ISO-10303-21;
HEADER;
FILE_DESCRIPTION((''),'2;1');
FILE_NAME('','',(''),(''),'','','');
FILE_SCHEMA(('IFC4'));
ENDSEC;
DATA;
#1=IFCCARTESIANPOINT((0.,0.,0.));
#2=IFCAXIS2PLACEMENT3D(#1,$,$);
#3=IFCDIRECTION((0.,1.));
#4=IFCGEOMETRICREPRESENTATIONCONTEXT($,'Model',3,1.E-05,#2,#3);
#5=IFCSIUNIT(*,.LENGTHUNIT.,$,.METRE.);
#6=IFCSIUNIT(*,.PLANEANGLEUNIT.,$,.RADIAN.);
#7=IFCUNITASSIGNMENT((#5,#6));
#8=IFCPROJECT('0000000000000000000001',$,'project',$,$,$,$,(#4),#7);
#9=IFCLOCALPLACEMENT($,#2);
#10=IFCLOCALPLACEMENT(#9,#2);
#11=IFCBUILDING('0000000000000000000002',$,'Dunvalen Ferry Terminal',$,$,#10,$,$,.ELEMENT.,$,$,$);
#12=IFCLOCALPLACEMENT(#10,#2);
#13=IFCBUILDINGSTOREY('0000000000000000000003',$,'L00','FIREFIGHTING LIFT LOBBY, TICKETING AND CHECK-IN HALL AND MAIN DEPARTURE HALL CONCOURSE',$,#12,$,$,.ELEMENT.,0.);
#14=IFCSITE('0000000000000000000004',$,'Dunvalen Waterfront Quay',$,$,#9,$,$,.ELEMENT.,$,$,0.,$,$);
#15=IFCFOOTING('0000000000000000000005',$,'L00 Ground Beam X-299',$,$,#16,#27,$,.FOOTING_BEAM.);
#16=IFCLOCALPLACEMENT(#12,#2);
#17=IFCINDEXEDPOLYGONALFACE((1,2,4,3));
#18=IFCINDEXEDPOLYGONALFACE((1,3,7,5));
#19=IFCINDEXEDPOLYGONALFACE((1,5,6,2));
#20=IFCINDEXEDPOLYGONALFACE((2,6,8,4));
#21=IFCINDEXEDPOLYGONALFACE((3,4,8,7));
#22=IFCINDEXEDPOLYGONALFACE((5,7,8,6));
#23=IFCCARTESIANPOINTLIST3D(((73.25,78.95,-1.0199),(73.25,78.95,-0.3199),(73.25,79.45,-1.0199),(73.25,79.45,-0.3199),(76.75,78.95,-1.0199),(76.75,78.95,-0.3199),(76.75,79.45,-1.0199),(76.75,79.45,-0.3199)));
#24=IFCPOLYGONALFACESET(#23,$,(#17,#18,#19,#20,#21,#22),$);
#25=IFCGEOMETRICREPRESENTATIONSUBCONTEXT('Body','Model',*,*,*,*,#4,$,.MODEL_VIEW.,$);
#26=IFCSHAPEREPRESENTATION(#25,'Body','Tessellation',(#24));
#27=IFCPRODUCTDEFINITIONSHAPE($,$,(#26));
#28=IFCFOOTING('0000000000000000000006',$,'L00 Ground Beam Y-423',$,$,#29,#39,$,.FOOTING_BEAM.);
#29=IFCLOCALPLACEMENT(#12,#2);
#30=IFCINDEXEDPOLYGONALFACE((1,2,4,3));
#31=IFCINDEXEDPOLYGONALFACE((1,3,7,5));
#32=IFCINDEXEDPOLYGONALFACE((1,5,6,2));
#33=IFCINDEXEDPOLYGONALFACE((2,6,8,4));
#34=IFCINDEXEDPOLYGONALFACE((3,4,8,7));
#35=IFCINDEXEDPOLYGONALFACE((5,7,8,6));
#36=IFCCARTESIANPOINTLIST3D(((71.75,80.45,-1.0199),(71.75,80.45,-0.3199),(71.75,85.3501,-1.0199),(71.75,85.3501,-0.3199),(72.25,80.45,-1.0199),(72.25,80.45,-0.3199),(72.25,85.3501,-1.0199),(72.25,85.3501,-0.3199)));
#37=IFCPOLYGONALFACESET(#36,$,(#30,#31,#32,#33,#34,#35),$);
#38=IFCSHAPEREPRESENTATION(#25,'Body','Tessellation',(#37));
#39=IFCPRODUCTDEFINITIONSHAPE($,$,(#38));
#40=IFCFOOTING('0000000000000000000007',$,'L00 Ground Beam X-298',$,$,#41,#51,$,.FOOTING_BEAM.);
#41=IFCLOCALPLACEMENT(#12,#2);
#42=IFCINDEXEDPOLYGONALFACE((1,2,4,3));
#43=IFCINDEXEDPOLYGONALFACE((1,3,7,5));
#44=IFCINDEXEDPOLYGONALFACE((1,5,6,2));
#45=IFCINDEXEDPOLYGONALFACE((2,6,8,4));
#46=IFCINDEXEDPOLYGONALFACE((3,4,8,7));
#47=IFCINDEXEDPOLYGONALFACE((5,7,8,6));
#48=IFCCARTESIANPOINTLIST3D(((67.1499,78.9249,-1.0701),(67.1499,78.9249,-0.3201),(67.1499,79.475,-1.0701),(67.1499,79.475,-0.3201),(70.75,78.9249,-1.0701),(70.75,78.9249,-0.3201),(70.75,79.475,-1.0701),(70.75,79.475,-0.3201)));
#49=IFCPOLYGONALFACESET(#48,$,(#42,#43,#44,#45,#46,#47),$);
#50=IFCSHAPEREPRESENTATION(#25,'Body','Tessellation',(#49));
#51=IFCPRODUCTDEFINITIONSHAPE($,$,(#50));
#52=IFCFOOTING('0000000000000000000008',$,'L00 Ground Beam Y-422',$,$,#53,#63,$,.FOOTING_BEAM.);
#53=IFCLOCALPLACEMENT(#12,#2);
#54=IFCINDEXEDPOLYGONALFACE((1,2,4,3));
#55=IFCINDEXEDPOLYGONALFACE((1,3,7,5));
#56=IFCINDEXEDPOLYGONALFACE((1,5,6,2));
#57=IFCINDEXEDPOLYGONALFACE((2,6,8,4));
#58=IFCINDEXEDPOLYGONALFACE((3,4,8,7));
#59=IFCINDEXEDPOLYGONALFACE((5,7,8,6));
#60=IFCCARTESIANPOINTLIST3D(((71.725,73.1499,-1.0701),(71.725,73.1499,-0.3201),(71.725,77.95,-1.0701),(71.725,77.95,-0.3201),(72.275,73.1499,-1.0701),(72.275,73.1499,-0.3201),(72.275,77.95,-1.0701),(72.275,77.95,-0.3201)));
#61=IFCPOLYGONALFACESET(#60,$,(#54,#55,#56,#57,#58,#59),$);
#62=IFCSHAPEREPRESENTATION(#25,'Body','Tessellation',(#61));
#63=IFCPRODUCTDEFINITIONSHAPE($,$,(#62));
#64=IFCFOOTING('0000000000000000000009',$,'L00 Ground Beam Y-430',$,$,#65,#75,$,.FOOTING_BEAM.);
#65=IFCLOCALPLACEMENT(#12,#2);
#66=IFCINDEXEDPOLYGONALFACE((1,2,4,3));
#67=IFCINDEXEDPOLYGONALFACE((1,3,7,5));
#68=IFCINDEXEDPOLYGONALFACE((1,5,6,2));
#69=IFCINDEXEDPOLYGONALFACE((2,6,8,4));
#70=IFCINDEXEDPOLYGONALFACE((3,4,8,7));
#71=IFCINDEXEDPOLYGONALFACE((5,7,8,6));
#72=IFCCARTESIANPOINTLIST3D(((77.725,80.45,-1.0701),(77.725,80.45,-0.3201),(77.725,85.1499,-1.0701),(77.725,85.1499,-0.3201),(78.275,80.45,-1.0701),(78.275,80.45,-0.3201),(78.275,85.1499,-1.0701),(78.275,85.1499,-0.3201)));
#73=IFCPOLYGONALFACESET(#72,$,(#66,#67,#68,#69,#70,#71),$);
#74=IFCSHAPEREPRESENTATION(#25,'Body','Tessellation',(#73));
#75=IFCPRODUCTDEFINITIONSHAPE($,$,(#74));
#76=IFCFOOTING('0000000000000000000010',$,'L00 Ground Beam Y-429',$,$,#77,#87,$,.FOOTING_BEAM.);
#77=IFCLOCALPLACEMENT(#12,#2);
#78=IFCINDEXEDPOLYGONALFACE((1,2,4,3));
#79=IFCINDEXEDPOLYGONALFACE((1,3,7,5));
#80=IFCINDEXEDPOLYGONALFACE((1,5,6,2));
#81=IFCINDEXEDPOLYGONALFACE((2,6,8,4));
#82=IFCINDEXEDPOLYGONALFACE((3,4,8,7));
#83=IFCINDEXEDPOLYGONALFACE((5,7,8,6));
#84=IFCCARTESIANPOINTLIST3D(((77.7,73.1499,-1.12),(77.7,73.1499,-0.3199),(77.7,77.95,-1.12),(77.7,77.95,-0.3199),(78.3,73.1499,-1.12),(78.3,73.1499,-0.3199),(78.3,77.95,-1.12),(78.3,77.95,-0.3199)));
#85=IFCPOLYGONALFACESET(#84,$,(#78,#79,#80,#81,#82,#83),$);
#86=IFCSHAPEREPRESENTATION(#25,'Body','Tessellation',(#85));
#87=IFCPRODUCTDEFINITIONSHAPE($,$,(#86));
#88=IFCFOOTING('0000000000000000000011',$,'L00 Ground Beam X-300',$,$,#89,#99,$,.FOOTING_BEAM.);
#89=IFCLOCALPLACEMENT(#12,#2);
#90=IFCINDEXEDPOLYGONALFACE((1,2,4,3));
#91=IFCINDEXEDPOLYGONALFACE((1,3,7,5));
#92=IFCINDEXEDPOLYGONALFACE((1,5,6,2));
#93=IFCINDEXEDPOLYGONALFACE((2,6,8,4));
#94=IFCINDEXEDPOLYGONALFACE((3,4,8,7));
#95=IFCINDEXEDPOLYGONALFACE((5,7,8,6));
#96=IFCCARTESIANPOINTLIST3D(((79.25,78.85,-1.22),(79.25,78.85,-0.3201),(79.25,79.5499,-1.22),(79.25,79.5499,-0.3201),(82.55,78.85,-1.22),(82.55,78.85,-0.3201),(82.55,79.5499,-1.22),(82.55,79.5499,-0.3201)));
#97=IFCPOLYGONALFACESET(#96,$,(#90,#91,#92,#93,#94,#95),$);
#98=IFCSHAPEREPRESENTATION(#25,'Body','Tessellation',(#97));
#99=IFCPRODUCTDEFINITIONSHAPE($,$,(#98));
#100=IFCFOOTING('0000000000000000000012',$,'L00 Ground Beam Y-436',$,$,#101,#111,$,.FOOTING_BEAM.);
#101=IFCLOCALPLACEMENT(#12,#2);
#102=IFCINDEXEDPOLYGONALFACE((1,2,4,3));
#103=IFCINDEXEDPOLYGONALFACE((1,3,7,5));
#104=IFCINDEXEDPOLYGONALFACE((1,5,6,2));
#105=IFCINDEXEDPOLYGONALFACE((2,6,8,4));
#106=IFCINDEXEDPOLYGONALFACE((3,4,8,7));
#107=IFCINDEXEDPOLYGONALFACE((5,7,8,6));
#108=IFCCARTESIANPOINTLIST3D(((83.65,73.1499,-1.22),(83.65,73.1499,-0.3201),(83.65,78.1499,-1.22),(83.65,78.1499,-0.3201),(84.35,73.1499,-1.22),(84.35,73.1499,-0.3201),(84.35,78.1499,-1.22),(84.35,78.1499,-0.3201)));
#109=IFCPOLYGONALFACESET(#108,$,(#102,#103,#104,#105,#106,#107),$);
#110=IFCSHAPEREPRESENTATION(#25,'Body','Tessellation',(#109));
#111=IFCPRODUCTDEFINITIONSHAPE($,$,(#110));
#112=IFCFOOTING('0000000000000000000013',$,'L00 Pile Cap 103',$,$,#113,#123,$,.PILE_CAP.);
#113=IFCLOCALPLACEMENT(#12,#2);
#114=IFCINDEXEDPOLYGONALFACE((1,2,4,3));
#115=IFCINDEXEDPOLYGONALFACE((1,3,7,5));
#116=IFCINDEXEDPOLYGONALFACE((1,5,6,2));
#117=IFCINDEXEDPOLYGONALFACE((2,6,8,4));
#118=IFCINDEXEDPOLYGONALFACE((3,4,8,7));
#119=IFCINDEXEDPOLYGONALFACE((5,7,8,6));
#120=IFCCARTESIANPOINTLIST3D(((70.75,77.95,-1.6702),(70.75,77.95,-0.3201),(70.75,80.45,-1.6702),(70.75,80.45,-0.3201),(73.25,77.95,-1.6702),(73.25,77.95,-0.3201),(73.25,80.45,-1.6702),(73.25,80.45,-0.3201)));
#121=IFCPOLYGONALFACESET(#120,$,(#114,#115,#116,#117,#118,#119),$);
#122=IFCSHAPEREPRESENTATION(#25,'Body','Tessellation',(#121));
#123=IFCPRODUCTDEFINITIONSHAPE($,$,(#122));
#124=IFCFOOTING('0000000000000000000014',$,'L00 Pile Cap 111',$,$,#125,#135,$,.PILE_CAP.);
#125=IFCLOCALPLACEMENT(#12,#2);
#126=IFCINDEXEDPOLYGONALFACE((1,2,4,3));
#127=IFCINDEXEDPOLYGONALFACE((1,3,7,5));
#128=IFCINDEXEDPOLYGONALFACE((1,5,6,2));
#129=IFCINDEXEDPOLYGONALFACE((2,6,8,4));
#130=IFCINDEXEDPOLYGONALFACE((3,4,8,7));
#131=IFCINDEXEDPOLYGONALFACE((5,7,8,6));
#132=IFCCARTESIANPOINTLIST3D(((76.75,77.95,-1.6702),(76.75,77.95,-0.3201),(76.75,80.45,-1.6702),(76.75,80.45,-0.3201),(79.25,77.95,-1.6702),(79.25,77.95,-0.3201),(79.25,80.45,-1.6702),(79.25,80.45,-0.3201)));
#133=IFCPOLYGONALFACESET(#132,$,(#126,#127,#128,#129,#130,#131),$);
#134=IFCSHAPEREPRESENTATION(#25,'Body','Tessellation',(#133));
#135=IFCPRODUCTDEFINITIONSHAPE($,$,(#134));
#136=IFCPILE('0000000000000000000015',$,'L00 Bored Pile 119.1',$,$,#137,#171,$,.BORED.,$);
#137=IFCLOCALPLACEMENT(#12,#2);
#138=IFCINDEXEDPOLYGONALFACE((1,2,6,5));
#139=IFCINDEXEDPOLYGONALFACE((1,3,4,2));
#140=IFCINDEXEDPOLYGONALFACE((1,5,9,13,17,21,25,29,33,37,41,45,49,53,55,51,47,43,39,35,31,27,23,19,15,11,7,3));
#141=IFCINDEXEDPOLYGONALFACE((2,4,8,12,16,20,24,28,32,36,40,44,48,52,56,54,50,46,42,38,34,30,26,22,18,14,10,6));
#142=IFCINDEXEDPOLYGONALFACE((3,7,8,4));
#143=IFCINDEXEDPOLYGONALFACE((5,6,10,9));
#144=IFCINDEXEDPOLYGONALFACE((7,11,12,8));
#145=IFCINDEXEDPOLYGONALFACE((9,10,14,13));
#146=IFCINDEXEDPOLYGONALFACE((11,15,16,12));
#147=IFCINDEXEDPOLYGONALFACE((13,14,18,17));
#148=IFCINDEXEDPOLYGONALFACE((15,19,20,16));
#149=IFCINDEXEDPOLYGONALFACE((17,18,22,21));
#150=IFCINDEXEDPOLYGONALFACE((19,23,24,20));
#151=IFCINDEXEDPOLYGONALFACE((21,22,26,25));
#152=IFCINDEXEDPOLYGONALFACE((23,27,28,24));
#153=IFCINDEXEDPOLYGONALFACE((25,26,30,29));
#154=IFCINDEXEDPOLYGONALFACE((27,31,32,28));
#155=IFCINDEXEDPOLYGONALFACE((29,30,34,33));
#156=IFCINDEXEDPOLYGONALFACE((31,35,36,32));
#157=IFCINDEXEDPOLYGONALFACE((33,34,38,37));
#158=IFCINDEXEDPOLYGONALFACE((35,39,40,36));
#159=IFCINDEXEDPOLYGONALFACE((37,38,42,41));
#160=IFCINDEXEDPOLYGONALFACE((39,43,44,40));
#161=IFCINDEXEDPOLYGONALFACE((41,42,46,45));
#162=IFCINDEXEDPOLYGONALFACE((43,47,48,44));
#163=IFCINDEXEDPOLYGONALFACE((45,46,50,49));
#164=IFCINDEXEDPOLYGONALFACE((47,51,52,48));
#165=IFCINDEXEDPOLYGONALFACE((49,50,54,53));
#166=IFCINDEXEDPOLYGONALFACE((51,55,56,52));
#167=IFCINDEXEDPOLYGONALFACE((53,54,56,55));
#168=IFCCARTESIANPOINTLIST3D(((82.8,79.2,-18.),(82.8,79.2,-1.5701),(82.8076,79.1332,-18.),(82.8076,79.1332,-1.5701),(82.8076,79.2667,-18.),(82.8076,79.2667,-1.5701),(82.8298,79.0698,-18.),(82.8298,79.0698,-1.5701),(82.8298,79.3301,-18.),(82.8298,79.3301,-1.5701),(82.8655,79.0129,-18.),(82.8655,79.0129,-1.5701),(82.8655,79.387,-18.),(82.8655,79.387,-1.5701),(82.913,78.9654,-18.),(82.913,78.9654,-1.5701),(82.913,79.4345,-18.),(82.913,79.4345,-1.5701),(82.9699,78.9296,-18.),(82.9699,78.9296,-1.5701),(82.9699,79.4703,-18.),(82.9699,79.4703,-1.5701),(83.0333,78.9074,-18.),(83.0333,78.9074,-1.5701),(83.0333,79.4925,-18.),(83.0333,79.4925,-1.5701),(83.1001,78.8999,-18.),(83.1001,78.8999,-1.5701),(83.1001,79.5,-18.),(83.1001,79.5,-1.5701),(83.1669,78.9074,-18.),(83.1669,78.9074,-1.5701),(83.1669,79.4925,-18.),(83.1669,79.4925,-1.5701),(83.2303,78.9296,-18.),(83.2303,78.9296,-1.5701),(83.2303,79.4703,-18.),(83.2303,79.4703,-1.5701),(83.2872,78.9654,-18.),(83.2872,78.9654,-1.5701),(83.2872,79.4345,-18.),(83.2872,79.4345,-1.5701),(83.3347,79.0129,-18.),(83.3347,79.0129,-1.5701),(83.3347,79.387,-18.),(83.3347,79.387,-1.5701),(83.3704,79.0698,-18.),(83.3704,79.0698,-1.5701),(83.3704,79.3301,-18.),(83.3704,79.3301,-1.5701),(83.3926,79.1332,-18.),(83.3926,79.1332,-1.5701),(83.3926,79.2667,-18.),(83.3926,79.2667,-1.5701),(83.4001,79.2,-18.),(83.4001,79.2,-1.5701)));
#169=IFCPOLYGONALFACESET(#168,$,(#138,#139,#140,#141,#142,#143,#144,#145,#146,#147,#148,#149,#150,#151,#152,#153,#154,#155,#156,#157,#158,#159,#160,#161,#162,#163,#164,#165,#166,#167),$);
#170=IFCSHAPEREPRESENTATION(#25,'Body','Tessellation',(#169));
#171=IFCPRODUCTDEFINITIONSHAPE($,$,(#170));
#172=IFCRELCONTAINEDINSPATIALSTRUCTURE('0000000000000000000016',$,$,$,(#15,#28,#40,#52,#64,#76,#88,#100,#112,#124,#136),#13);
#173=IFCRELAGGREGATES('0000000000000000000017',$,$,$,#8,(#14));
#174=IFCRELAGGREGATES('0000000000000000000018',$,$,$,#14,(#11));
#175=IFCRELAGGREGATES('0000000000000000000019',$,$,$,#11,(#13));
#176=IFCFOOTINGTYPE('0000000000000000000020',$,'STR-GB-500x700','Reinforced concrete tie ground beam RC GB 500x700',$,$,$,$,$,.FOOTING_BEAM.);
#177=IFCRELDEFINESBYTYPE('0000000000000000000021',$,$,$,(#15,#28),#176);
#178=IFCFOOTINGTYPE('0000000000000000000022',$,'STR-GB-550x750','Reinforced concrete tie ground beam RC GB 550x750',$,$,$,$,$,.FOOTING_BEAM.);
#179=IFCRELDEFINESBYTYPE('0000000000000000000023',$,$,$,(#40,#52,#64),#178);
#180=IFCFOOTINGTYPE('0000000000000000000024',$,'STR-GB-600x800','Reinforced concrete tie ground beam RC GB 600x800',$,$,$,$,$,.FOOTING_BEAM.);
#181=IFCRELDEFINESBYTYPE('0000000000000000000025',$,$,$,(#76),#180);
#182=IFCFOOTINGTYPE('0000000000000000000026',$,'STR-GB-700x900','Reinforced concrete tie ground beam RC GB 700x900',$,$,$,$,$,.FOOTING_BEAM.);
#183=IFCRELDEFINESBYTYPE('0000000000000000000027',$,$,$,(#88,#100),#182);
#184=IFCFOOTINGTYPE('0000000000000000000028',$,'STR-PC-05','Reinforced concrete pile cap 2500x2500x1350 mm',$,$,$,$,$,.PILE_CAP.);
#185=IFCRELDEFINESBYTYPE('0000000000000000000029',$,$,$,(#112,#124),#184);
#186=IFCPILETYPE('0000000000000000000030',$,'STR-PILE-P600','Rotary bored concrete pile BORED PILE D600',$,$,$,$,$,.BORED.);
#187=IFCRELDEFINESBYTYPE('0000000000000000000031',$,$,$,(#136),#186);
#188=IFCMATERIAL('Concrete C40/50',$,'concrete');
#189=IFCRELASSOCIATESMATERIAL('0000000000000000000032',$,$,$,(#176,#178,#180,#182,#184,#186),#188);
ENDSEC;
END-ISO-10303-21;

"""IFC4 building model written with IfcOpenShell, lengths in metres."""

from ifc_helpers import new_model, si_unit, direction, frame, origin, origin_2d, place, context, subcontext, project, spatial, rectangle, circle, extrude, material, material_profile, profile_set, type_object, element, save


model = new_model("IFC4")

# Units and contexts
model_context = context("Model", 3, precision=1e-05, world=origin(), true_north=direction((0.0, 1.0)))
body_context = subcontext(model_context, "Body", "Model", "MODEL_VIEW")
ifc_project = project(units=[si_unit("LENGTHUNIT", "METRE"), si_unit("PLANEANGLEUNIT", "RADIAN")], contexts=[model_context])

# Site, building, storey
site_placement = place(None, origin())
site = spatial("IfcSite", under=ifc_project, at=site_placement, Name="Dunvalen Waterfront Quay", CompositionType="ELEMENT", RefElevation=0.0)
building_placement = place(site_placement, origin())
building = spatial("IfcBuilding", under=site, at=building_placement, Name="Dunvalen Ferry Terminal", CompositionType="ELEMENT")
storey_placement = place(building_placement, origin())
storey = spatial("IfcBuildingStorey", under=building, at=storey_placement, Name="L00", Description="FIREFIGHTING LIFT LOBBY, TICKETING AND CHECK-IN HALL AND MAIN DEPARTURE HALL CONCOURSE", CompositionType="ELEMENT", Elevation=0.0)

# Footings
ifc_material_1 = material(Name="Concrete C40/50", Category="concrete")
ifc_material_profile_1 = material_profile(ifc_material_1, rectangle(XDim=0.5, YDim=0.7, at=origin_2d()), Name="Concrete C40/50")
ifc_profile_set_1 = profile_set([ifc_material_profile_1], Name="Concrete C40/50")
footing_type_1 = type_object("IfcFootingType", Name="STR-GB-500x700", Description="Reinforced concrete tie ground beam RC GB 500x700", PredefinedType="FOOTING_BEAM", material=ifc_profile_set_1)
footing_1_placement = place(storey_placement, frame((73.25, 79.2, -0.6699), z_axis=(1.0, 0.0, 0.0), x_axis=(0.0, 1.0, 0.0)))
element("IfcFooting", 1, at=footing_1_placement, inside=storey, type_object=footing_type_1, Name="L00 Ground Beam X-299", PredefinedType="FOOTING_BEAM", context=body_context, shape_type="SweptSolid", body=[
    extrude(rectangle(XDim=0.5, YDim=0.7, at=origin_2d()), origin(), (0.0, 0.0, 1.0), 3.5),
])
footing_2_placement = place(storey_placement, frame((72.0, 80.45, -0.6699), z_axis=(0.0, 1.0, 0.0), x_axis=(-1.0, 0.0, 0.0)))
element("IfcFooting", 2, at=footing_2_placement, inside=storey, type_object=footing_type_1, Name="L00 Ground Beam Y-423", PredefinedType="FOOTING_BEAM", context=body_context, shape_type="SweptSolid", body=[
    extrude(rectangle(XDim=0.5, YDim=0.7, at=origin_2d()), origin(), (0.0, 0.0, 1.0), 4.9001),
])
ifc_material_profile_2 = material_profile(ifc_material_1, rectangle(XDim=0.55, YDim=0.75, at=origin_2d()), Name="Concrete C40/50")
ifc_profile_set_2 = profile_set([ifc_material_profile_2], Name="Concrete C40/50")
footing_type_2 = type_object("IfcFootingType", Name="STR-GB-550x750", Description="Reinforced concrete tie ground beam RC GB 550x750", PredefinedType="FOOTING_BEAM", material=ifc_profile_set_2)
footing_3_placement = place(storey_placement, frame((67.1499, 79.2, -0.6951), z_axis=(1.0, 0.0, 0.0), x_axis=(0.0, 1.0, 0.0)))
element("IfcFooting", 3, at=footing_3_placement, inside=storey, type_object=footing_type_2, Name="L00 Ground Beam X-298", PredefinedType="FOOTING_BEAM", context=body_context, shape_type="SweptSolid", body=[
    extrude(rectangle(XDim=0.55, YDim=0.75, at=origin_2d()), origin(), (0.0, 0.0, 1.0), 3.6001),
])
footing_4_placement = place(storey_placement, frame((72.0, 73.1499, -0.6951), z_axis=(0.0, 1.0, 0.0), x_axis=(-1.0, 0.0, 0.0)))
element("IfcFooting", 4, at=footing_4_placement, inside=storey, type_object=footing_type_2, Name="L00 Ground Beam Y-422", PredefinedType="FOOTING_BEAM", context=body_context, shape_type="SweptSolid", body=[
    extrude(rectangle(XDim=0.55, YDim=0.75, at=origin_2d()), origin(), (0.0, 0.0, 1.0), 4.8),
])
footing_5_placement = place(storey_placement, frame((78.0, 80.45, -0.6951), z_axis=(0.0, 1.0, 0.0), x_axis=(-1.0, 0.0, 0.0)))
element("IfcFooting", 5, at=footing_5_placement, inside=storey, type_object=footing_type_2, Name="L00 Ground Beam Y-430", PredefinedType="FOOTING_BEAM", context=body_context, shape_type="SweptSolid", body=[
    extrude(rectangle(XDim=0.55, YDim=0.75, at=origin_2d()), origin(), (0.0, 0.0, 1.0), 4.7),
])
ifc_material_profile_3 = material_profile(ifc_material_1, rectangle(XDim=0.6001, YDim=0.8, at=origin_2d()), Name="Concrete C40/50")
ifc_profile_set_3 = profile_set([ifc_material_profile_3], Name="Concrete C40/50")
footing_type_3 = type_object("IfcFootingType", Name="STR-GB-600x800", Description="Reinforced concrete tie ground beam RC GB 600x800", PredefinedType="FOOTING_BEAM", material=ifc_profile_set_3)
footing_6_placement = place(storey_placement, frame((78.0, 73.1499, -0.72), z_axis=(0.0, 1.0, 0.0), x_axis=(-1.0, 0.0, 0.0)))
element("IfcFooting", 6, at=footing_6_placement, inside=storey, type_object=footing_type_3, Name="L00 Ground Beam Y-429", PredefinedType="FOOTING_BEAM", context=body_context, shape_type="SweptSolid", body=[
    extrude(rectangle(XDim=0.6001, YDim=0.8, at=origin_2d()), origin(), (0.0, 0.0, 1.0), 4.8),
])
ifc_material_profile_4 = material_profile(ifc_material_1, rectangle(XDim=0.7, YDim=0.8999, at=origin_2d()), Name="Concrete C40/50")
ifc_profile_set_4 = profile_set([ifc_material_profile_4], Name="Concrete C40/50")
footing_type_4 = type_object("IfcFootingType", Name="STR-GB-700x900", Description="Reinforced concrete tie ground beam RC GB 700x900", PredefinedType="FOOTING_BEAM", material=ifc_profile_set_4)
footing_7_placement = place(storey_placement, frame((79.25, 79.2, -0.77), z_axis=(1.0, 0.0, 0.0), x_axis=(0.0, 1.0, 0.0)))
element("IfcFooting", 7, at=footing_7_placement, inside=storey, type_object=footing_type_4, Name="L00 Ground Beam X-300", PredefinedType="FOOTING_BEAM", context=body_context, shape_type="SweptSolid", body=[
    extrude(rectangle(XDim=0.7, YDim=0.8999, at=origin_2d()), origin(), (0.0, 0.0, 1.0), 3.3),
])
footing_8_placement = place(storey_placement, frame((84.0, 73.1499, -0.77), z_axis=(0.0, 1.0, 0.0), x_axis=(-1.0, 0.0, 0.0)))
element("IfcFooting", 8, at=footing_8_placement, inside=storey, type_object=footing_type_4, Name="L00 Ground Beam Y-436", PredefinedType="FOOTING_BEAM", context=body_context, shape_type="SweptSolid", body=[
    extrude(rectangle(XDim=0.7, YDim=0.8999, at=origin_2d()), origin(), (0.0, 0.0, 1.0), 5.0),
])
footing_type_5 = type_object("IfcFootingType", Name="STR-PC-05", Description="Reinforced concrete pile cap 2500x2500x1350 mm", PredefinedType="PILE_CAP", material=ifc_material_1)
for number, where, z_axis, x_axis, name in (
    (9, (72.0, 79.2, -1.6702), (0.0, 0.0, 1.0), (1.0, 0.0, 0.0), "L00 Pile Cap 103"),
    (10, (78.0, 79.2, -1.6702), (0.0, 0.0, 1.0), (1.0, 0.0, 0.0), "L00 Pile Cap 111"),
):
    element("IfcFooting", number, at=place(storey_placement, frame(where, z_axis=z_axis, x_axis=x_axis)), inside=storey, type_object=footing_type_5, Name=name, PredefinedType="PILE_CAP", context=body_context, shape_type="SweptSolid", body=[
        extrude(rectangle(XDim=2.5, YDim=2.5, at=origin_2d()), origin(), (0.0, 0.0, 1.0), 1.3501),
    ])

# Pile
ifc_material_profile_5 = material_profile(ifc_material_1, circle(Radius=0.3, at=origin_2d()), Name="Concrete C40/50")
ifc_profile_set_5 = profile_set([ifc_material_profile_5], Name="Concrete C40/50")
pile_type_1 = type_object("IfcPileType", Name="STR-PILE-P600", Description="Rotary bored concrete pile BORED PILE D600", PredefinedType="BORED", material=ifc_profile_set_5)
pile_1_placement = place(storey_placement, frame((83.1001, 79.2, -1.5701), z_axis=(0.0, 0.0, -1.0), x_axis=(1.0, 0.0, 0.0)))
element("IfcPile", 11, at=pile_1_placement, inside=storey, type_object=pile_type_1, Name="L00 Bored Pile 119.1", PredefinedType="BORED", context=body_context, shape_type="SweptSolid", body=[
    extrude(circle(Radius=0.3, at=origin_2d()), origin(), (0.0, 0.0, 1.0), 16.4299),
])

save(model, "model.ifc")
